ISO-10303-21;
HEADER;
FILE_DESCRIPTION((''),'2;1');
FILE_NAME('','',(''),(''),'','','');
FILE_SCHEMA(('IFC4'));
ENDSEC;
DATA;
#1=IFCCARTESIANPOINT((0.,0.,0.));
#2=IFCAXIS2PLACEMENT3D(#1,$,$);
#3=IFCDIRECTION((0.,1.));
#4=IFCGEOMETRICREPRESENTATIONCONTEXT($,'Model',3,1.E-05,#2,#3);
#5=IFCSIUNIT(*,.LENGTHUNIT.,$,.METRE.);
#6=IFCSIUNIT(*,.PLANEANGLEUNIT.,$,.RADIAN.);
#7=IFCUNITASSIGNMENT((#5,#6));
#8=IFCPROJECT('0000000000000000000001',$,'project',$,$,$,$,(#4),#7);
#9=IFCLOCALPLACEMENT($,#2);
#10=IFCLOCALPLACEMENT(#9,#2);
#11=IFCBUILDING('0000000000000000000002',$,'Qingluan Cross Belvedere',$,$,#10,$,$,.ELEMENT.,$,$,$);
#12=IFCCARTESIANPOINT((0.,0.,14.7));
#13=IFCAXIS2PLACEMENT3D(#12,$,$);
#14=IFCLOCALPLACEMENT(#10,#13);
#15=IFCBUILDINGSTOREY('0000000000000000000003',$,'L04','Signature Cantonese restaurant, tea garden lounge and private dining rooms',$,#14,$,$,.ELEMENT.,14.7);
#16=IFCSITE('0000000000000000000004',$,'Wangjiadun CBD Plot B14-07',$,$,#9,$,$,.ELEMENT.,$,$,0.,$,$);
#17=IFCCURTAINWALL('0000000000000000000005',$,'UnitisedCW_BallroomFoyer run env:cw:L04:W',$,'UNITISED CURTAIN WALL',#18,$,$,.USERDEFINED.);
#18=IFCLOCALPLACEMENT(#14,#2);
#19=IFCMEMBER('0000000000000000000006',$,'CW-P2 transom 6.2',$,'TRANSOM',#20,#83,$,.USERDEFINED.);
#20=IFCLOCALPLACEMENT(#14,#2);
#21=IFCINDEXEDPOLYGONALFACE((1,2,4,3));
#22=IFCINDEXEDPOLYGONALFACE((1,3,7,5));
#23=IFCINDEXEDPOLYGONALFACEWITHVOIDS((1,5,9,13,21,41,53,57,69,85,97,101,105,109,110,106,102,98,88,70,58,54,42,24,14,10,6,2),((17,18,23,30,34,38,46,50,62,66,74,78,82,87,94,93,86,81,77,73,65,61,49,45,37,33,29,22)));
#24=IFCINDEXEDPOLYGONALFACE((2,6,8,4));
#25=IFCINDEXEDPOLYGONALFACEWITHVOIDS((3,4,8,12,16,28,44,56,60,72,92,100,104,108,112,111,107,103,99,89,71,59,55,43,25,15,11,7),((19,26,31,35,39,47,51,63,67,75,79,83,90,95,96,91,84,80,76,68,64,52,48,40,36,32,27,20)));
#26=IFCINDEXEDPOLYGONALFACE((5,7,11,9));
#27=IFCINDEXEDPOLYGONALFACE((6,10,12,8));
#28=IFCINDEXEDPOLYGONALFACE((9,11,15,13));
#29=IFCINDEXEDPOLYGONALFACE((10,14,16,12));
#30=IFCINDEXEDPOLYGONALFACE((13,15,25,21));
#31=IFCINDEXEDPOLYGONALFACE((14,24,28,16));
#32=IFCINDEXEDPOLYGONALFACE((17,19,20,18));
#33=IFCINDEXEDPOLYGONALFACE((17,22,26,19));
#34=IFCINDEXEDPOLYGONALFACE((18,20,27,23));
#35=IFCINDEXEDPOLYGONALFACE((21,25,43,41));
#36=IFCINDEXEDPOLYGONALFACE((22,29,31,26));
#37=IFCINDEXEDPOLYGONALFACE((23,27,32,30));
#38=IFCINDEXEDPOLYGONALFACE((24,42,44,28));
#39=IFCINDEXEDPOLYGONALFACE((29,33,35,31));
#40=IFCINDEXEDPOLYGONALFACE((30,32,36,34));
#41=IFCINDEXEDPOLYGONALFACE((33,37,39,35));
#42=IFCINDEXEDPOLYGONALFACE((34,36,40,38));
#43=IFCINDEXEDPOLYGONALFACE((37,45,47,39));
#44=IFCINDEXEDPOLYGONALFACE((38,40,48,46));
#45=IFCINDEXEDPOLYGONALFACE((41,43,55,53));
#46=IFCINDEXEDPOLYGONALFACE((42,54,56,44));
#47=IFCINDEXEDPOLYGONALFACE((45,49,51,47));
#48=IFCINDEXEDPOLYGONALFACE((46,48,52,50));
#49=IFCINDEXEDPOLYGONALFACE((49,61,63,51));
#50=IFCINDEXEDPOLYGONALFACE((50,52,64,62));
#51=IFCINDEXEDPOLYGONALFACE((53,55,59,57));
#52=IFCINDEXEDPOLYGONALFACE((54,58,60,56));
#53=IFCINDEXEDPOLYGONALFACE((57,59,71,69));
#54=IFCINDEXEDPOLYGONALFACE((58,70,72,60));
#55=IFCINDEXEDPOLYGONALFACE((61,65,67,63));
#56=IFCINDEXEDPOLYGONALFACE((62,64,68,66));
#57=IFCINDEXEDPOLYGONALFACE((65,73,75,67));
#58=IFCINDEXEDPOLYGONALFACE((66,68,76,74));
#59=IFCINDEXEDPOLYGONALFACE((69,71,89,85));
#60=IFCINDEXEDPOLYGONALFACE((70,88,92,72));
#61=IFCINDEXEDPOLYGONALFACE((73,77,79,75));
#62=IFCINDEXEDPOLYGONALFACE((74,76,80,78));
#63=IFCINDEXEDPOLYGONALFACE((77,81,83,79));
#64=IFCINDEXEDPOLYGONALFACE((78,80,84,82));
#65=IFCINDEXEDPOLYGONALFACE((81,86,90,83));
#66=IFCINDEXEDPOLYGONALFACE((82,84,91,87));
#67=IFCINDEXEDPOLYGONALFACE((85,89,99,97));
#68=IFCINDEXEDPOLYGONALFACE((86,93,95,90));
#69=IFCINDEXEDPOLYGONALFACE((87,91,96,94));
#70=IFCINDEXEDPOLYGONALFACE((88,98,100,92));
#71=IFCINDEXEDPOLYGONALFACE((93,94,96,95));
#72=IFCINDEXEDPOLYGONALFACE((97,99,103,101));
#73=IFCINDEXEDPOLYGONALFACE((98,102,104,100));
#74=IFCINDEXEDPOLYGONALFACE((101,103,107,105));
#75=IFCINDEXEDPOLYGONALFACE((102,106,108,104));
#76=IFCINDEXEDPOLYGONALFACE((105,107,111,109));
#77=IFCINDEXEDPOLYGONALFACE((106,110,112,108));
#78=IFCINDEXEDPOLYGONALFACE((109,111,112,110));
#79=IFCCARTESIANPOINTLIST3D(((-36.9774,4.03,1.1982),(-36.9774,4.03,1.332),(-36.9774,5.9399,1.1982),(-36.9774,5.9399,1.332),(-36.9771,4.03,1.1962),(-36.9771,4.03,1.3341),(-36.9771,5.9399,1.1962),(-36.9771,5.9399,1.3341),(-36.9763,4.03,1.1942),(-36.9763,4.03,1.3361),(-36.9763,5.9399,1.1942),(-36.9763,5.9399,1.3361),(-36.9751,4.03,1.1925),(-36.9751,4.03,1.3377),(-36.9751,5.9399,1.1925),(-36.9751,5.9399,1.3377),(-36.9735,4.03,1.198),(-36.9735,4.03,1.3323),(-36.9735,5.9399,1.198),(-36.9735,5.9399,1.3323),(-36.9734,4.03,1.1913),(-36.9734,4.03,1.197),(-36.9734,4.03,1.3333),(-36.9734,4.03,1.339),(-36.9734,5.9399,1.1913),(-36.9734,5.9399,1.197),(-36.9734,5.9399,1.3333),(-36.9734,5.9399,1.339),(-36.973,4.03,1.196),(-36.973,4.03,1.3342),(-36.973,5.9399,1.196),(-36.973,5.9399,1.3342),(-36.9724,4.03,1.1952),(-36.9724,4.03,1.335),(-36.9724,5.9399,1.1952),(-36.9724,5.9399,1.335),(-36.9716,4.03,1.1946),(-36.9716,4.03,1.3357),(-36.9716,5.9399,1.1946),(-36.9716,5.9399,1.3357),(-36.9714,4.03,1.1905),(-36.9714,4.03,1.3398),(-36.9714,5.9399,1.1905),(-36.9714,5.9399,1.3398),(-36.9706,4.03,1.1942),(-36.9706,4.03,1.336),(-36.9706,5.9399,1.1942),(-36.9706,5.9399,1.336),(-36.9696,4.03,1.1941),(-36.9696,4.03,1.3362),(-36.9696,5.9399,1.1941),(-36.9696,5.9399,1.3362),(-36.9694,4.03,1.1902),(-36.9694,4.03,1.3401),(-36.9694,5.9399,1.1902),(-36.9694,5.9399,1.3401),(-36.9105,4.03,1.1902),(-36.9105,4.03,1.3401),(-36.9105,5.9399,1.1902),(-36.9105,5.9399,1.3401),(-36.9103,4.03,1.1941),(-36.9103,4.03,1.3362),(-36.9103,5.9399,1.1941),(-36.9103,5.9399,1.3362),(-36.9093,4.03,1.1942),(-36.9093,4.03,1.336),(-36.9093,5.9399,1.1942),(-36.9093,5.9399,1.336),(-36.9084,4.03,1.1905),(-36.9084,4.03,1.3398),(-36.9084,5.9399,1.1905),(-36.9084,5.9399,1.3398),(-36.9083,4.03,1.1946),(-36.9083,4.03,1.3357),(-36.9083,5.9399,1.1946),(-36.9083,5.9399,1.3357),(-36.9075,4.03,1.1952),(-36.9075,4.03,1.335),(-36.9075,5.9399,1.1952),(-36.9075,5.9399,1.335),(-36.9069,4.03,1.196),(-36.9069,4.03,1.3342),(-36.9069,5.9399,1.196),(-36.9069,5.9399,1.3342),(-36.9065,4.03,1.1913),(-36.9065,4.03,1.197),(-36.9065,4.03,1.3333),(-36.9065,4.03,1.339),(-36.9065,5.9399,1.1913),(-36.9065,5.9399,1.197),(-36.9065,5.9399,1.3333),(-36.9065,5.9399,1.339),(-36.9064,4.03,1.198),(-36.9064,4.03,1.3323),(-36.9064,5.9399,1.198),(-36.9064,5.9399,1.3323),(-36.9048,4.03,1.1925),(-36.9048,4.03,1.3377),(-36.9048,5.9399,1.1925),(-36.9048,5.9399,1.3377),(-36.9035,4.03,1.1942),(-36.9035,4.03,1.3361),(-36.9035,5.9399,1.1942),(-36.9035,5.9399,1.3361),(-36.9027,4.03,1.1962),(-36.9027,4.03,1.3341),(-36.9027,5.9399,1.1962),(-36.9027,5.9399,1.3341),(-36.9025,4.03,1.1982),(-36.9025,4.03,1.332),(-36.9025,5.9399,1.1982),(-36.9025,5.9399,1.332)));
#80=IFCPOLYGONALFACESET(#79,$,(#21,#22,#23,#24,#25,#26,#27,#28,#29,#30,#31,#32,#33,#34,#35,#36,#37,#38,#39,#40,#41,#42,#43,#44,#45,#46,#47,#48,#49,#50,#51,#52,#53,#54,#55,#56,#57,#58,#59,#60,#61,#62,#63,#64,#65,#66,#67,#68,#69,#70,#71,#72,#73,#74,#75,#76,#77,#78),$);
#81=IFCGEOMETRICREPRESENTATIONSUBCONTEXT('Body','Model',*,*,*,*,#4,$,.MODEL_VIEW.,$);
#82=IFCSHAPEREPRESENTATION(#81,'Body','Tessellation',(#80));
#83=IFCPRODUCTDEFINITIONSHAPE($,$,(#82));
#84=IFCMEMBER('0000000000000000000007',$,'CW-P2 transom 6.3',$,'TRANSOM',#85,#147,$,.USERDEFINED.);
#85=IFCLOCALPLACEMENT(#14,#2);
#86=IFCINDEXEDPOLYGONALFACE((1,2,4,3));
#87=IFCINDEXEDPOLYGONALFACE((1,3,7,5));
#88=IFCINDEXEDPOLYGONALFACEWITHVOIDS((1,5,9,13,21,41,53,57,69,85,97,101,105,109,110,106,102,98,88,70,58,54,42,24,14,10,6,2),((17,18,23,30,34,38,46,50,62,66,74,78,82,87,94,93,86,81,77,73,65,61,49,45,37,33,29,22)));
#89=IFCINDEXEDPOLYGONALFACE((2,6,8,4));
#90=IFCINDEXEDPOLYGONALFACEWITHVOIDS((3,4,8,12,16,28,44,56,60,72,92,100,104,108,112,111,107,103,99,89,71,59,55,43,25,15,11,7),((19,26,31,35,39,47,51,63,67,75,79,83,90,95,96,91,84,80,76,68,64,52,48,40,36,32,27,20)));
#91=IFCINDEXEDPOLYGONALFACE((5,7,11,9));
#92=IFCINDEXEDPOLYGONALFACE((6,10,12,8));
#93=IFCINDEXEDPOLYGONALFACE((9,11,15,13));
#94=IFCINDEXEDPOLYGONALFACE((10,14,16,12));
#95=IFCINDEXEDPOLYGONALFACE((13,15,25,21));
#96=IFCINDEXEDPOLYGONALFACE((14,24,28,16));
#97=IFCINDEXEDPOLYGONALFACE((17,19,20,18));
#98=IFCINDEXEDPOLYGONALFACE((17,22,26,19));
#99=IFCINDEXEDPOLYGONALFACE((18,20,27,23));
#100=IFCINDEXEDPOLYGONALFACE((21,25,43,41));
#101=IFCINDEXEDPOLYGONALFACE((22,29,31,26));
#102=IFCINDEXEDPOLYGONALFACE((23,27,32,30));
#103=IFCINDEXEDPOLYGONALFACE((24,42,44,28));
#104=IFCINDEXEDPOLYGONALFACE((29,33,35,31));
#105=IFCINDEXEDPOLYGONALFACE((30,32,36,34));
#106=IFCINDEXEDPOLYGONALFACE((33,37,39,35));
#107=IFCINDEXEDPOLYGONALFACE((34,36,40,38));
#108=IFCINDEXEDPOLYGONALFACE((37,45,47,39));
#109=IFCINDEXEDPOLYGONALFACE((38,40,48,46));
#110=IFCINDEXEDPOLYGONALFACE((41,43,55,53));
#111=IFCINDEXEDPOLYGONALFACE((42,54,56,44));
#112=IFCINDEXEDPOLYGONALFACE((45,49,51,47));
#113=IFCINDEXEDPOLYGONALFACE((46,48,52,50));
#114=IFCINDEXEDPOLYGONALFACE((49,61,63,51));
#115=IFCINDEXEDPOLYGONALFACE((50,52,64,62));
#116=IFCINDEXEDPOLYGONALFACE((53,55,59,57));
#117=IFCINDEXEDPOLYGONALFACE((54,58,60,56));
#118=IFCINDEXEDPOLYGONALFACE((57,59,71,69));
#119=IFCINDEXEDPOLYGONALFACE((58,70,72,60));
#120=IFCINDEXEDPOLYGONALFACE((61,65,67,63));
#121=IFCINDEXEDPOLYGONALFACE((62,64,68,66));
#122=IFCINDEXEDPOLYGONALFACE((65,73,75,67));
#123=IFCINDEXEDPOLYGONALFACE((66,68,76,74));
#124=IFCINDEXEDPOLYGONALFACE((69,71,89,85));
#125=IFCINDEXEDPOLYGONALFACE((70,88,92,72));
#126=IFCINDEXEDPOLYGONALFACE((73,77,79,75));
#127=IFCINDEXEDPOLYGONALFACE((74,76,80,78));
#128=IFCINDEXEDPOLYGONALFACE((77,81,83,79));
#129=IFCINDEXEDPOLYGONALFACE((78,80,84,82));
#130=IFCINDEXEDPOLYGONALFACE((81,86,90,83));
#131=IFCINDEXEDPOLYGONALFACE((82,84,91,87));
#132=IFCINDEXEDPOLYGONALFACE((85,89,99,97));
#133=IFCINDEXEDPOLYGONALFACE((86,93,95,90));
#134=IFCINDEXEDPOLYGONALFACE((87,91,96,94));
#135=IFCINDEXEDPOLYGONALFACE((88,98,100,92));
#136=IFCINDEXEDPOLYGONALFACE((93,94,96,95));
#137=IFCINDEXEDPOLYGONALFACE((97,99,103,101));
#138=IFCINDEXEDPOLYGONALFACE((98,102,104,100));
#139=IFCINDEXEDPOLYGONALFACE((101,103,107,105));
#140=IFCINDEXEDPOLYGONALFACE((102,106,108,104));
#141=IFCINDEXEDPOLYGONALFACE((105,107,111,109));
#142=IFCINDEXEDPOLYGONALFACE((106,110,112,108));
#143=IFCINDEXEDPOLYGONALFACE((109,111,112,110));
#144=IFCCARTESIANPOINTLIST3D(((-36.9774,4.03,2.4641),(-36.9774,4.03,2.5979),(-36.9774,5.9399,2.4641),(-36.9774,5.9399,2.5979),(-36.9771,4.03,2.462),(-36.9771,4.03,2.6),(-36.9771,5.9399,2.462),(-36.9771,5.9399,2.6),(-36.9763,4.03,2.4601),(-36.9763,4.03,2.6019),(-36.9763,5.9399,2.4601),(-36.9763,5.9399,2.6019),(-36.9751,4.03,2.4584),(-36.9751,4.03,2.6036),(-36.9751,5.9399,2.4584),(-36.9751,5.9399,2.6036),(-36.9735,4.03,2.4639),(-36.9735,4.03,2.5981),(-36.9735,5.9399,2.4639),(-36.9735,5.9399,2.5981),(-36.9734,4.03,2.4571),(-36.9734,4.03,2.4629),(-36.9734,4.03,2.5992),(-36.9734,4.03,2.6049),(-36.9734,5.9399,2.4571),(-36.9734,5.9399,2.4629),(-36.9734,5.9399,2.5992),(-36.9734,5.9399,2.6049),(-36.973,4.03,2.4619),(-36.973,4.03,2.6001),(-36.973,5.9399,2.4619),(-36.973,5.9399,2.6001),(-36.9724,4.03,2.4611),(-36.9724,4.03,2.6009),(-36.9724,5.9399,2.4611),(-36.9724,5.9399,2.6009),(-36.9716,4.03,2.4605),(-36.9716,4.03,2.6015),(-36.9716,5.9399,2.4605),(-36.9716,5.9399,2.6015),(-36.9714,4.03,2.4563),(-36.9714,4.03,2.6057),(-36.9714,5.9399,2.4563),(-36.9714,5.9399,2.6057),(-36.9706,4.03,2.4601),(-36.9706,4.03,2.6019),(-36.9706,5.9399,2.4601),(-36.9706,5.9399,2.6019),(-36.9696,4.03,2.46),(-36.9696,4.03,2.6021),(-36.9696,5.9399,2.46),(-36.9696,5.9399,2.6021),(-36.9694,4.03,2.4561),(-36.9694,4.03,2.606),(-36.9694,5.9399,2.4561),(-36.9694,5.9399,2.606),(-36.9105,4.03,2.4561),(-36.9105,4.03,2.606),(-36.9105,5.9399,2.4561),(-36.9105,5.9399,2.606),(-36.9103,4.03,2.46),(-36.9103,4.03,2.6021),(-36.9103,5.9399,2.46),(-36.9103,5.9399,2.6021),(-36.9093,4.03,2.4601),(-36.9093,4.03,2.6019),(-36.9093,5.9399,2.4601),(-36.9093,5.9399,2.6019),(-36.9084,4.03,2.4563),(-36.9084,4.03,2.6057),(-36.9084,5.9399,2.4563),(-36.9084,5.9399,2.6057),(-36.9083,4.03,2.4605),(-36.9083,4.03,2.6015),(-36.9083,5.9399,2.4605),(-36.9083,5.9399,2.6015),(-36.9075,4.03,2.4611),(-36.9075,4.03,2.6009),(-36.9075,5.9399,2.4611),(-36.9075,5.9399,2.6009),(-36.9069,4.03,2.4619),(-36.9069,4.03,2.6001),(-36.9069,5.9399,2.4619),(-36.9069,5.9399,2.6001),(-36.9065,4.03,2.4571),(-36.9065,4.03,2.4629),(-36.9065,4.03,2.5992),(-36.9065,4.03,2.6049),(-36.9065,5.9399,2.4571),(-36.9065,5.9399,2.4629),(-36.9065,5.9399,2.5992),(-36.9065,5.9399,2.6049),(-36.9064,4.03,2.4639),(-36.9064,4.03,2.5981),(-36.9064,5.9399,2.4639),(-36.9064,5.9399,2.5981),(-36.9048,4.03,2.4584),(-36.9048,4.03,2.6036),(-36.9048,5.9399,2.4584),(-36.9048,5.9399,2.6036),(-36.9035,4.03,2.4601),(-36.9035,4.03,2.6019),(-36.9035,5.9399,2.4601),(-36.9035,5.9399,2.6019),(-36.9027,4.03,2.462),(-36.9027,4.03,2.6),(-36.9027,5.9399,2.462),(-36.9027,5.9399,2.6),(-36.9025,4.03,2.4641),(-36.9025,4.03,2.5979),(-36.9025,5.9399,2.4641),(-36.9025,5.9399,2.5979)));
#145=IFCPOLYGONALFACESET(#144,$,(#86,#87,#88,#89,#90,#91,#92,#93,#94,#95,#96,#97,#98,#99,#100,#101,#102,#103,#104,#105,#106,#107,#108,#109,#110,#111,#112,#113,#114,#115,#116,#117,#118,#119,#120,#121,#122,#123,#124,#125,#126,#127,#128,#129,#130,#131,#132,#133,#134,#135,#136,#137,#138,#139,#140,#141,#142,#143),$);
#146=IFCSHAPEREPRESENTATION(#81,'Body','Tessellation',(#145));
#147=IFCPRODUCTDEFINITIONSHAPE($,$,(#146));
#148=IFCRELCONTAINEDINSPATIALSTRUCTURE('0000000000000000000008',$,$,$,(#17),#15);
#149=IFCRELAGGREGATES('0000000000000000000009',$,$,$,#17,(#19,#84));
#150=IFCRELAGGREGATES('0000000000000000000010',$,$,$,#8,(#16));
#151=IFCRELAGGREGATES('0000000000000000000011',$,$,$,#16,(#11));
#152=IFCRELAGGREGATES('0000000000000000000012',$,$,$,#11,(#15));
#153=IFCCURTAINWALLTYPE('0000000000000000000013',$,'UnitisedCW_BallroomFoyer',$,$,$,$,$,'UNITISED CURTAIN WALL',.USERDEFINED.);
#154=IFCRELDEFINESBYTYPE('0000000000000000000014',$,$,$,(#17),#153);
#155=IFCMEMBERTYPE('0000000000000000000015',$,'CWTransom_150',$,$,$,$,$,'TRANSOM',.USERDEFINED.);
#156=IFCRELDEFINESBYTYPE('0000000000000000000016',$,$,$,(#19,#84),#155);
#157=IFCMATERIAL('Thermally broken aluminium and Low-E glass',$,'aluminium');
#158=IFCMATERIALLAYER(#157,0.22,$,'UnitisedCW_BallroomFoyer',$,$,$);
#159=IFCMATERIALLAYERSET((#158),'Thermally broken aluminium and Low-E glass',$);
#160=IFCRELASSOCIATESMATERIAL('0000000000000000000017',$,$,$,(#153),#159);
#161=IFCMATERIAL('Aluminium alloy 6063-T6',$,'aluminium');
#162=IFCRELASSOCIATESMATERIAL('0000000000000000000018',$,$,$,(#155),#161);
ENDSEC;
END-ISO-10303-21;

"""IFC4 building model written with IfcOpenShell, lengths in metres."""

from ifc_helpers import new_model, si_unit, direction, frame, origin, origin_2d, place, context, subcontext, project, spatial, hollow_rectangle, extrude, material, layer, layer_set, material_profile, profile_set, type_object, element, aggregate, save


model = new_model("IFC4")

# Units and contexts
model_context = context("Model", 3, precision=1e-05, world=origin(), true_north=direction((0.0, 1.0)))
body_context = subcontext(model_context, "Body", "Model", "MODEL_VIEW")
ifc_project = project(units=[si_unit("LENGTHUNIT", "METRE"), si_unit("PLANEANGLEUNIT", "RADIAN")], contexts=[model_context])

# Site, building, storey
site_placement = place(None, origin())
site = spatial("IfcSite", under=ifc_project, at=site_placement, Name="Wangjiadun CBD Plot B14-07", CompositionType="ELEMENT", RefElevation=0.0)
building_placement = place(site_placement, origin())
building = spatial("IfcBuilding", under=site, at=building_placement, Name="Qingluan Cross Belvedere", CompositionType="ELEMENT")
storey_placement = place(building_placement, frame((0.0, 0.0, 14.7)))
storey = spatial("IfcBuildingStorey", under=building, at=storey_placement, Name="L04", Description="Signature Cantonese restaurant, tea garden lounge and private dining rooms", CompositionType="ELEMENT", Elevation=14.7)

# Curtain wall, members
ifc_material_1 = material(Name="Thermally broken aluminium and Low-E glass", Category="aluminium")
ifc_layer_1 = layer(ifc_material_1, 0.22, Name="UnitisedCW_BallroomFoyer")
ifc_layer_set_1 = layer_set([ifc_layer_1], Name="Thermally broken aluminium and Low-E glass")
curtain_wall_type = type_object("IfcCurtainWallType", Name="UnitisedCW_BallroomFoyer", ElementType="UNITISED CURTAIN WALL", PredefinedType="USERDEFINED", material=ifc_layer_set_1)
curtain_wall_placement = place(storey_placement, origin())
curtain_wall = element("IfcCurtainWall", 1, at=curtain_wall_placement, inside=storey, type_object=curtain_wall_type, Name="UnitisedCW_BallroomFoyer run env:cw:L04:W", ObjectType="UNITISED CURTAIN WALL", PredefinedType="USERDEFINED")
ifc_material_2 = material(Name="Aluminium alloy 6063-T6", Category="aluminium")
ifc_material_profile_1 = material_profile(ifc_material_2, hollow_rectangle(XDim=0.075, YDim=0.1499, WallThickness=0.0039, InnerFilletRadius=0.0039, OuterFilletRadius=0.0081, at=origin_2d()), Name="CWT150x75x4")
ifc_profile_set_1 = profile_set([ifc_material_profile_1], Name="Aluminium alloy 6063-T6")
member_type_1 = type_object("IfcMemberType", Name="CWTransom_150", ElementType="TRANSOM", PredefinedType="USERDEFINED", material=ifc_profile_set_1)
member_1_placement = place(storey_placement, frame((-36.9399, 4.03, 1.2651), z_axis=(0.0, 1.0, 0.0), x_axis=(-1.0, 0.0, 0.0)))
member_1 = element("IfcMember", 2, at=member_1_placement, type_object=member_type_1, Name="CW-P2 transom 6.2", ObjectType="TRANSOM", PredefinedType="USERDEFINED", context=body_context, shape_type="SweptSolid", body=[
    extrude(hollow_rectangle(XDim=0.075, YDim=0.1499, WallThickness=0.0039, InnerFilletRadius=0.0039, OuterFilletRadius=0.0081, at=origin_2d()), origin(), (0.0, 0.0, 1.0), 1.9099),
])
member_2_placement = place(storey_placement, frame((-36.9399, 4.03, 2.531), z_axis=(0.0, 1.0, 0.0), x_axis=(-1.0, 0.0, 0.0)))
member_2 = element("IfcMember", 3, at=member_2_placement, type_object=member_type_1, Name="CW-P2 transom 6.3", ObjectType="TRANSOM", PredefinedType="USERDEFINED", context=body_context, shape_type="SweptSolid", body=[
    extrude(hollow_rectangle(XDim=0.075, YDim=0.1499, WallThickness=0.0039, InnerFilletRadius=0.0039, OuterFilletRadius=0.0081, at=origin_2d()), origin(), (0.0, 0.0, 1.0), 1.9099),
])
aggregate(curtain_wall, [member_1, member_2])

save(model, "model.ifc")
